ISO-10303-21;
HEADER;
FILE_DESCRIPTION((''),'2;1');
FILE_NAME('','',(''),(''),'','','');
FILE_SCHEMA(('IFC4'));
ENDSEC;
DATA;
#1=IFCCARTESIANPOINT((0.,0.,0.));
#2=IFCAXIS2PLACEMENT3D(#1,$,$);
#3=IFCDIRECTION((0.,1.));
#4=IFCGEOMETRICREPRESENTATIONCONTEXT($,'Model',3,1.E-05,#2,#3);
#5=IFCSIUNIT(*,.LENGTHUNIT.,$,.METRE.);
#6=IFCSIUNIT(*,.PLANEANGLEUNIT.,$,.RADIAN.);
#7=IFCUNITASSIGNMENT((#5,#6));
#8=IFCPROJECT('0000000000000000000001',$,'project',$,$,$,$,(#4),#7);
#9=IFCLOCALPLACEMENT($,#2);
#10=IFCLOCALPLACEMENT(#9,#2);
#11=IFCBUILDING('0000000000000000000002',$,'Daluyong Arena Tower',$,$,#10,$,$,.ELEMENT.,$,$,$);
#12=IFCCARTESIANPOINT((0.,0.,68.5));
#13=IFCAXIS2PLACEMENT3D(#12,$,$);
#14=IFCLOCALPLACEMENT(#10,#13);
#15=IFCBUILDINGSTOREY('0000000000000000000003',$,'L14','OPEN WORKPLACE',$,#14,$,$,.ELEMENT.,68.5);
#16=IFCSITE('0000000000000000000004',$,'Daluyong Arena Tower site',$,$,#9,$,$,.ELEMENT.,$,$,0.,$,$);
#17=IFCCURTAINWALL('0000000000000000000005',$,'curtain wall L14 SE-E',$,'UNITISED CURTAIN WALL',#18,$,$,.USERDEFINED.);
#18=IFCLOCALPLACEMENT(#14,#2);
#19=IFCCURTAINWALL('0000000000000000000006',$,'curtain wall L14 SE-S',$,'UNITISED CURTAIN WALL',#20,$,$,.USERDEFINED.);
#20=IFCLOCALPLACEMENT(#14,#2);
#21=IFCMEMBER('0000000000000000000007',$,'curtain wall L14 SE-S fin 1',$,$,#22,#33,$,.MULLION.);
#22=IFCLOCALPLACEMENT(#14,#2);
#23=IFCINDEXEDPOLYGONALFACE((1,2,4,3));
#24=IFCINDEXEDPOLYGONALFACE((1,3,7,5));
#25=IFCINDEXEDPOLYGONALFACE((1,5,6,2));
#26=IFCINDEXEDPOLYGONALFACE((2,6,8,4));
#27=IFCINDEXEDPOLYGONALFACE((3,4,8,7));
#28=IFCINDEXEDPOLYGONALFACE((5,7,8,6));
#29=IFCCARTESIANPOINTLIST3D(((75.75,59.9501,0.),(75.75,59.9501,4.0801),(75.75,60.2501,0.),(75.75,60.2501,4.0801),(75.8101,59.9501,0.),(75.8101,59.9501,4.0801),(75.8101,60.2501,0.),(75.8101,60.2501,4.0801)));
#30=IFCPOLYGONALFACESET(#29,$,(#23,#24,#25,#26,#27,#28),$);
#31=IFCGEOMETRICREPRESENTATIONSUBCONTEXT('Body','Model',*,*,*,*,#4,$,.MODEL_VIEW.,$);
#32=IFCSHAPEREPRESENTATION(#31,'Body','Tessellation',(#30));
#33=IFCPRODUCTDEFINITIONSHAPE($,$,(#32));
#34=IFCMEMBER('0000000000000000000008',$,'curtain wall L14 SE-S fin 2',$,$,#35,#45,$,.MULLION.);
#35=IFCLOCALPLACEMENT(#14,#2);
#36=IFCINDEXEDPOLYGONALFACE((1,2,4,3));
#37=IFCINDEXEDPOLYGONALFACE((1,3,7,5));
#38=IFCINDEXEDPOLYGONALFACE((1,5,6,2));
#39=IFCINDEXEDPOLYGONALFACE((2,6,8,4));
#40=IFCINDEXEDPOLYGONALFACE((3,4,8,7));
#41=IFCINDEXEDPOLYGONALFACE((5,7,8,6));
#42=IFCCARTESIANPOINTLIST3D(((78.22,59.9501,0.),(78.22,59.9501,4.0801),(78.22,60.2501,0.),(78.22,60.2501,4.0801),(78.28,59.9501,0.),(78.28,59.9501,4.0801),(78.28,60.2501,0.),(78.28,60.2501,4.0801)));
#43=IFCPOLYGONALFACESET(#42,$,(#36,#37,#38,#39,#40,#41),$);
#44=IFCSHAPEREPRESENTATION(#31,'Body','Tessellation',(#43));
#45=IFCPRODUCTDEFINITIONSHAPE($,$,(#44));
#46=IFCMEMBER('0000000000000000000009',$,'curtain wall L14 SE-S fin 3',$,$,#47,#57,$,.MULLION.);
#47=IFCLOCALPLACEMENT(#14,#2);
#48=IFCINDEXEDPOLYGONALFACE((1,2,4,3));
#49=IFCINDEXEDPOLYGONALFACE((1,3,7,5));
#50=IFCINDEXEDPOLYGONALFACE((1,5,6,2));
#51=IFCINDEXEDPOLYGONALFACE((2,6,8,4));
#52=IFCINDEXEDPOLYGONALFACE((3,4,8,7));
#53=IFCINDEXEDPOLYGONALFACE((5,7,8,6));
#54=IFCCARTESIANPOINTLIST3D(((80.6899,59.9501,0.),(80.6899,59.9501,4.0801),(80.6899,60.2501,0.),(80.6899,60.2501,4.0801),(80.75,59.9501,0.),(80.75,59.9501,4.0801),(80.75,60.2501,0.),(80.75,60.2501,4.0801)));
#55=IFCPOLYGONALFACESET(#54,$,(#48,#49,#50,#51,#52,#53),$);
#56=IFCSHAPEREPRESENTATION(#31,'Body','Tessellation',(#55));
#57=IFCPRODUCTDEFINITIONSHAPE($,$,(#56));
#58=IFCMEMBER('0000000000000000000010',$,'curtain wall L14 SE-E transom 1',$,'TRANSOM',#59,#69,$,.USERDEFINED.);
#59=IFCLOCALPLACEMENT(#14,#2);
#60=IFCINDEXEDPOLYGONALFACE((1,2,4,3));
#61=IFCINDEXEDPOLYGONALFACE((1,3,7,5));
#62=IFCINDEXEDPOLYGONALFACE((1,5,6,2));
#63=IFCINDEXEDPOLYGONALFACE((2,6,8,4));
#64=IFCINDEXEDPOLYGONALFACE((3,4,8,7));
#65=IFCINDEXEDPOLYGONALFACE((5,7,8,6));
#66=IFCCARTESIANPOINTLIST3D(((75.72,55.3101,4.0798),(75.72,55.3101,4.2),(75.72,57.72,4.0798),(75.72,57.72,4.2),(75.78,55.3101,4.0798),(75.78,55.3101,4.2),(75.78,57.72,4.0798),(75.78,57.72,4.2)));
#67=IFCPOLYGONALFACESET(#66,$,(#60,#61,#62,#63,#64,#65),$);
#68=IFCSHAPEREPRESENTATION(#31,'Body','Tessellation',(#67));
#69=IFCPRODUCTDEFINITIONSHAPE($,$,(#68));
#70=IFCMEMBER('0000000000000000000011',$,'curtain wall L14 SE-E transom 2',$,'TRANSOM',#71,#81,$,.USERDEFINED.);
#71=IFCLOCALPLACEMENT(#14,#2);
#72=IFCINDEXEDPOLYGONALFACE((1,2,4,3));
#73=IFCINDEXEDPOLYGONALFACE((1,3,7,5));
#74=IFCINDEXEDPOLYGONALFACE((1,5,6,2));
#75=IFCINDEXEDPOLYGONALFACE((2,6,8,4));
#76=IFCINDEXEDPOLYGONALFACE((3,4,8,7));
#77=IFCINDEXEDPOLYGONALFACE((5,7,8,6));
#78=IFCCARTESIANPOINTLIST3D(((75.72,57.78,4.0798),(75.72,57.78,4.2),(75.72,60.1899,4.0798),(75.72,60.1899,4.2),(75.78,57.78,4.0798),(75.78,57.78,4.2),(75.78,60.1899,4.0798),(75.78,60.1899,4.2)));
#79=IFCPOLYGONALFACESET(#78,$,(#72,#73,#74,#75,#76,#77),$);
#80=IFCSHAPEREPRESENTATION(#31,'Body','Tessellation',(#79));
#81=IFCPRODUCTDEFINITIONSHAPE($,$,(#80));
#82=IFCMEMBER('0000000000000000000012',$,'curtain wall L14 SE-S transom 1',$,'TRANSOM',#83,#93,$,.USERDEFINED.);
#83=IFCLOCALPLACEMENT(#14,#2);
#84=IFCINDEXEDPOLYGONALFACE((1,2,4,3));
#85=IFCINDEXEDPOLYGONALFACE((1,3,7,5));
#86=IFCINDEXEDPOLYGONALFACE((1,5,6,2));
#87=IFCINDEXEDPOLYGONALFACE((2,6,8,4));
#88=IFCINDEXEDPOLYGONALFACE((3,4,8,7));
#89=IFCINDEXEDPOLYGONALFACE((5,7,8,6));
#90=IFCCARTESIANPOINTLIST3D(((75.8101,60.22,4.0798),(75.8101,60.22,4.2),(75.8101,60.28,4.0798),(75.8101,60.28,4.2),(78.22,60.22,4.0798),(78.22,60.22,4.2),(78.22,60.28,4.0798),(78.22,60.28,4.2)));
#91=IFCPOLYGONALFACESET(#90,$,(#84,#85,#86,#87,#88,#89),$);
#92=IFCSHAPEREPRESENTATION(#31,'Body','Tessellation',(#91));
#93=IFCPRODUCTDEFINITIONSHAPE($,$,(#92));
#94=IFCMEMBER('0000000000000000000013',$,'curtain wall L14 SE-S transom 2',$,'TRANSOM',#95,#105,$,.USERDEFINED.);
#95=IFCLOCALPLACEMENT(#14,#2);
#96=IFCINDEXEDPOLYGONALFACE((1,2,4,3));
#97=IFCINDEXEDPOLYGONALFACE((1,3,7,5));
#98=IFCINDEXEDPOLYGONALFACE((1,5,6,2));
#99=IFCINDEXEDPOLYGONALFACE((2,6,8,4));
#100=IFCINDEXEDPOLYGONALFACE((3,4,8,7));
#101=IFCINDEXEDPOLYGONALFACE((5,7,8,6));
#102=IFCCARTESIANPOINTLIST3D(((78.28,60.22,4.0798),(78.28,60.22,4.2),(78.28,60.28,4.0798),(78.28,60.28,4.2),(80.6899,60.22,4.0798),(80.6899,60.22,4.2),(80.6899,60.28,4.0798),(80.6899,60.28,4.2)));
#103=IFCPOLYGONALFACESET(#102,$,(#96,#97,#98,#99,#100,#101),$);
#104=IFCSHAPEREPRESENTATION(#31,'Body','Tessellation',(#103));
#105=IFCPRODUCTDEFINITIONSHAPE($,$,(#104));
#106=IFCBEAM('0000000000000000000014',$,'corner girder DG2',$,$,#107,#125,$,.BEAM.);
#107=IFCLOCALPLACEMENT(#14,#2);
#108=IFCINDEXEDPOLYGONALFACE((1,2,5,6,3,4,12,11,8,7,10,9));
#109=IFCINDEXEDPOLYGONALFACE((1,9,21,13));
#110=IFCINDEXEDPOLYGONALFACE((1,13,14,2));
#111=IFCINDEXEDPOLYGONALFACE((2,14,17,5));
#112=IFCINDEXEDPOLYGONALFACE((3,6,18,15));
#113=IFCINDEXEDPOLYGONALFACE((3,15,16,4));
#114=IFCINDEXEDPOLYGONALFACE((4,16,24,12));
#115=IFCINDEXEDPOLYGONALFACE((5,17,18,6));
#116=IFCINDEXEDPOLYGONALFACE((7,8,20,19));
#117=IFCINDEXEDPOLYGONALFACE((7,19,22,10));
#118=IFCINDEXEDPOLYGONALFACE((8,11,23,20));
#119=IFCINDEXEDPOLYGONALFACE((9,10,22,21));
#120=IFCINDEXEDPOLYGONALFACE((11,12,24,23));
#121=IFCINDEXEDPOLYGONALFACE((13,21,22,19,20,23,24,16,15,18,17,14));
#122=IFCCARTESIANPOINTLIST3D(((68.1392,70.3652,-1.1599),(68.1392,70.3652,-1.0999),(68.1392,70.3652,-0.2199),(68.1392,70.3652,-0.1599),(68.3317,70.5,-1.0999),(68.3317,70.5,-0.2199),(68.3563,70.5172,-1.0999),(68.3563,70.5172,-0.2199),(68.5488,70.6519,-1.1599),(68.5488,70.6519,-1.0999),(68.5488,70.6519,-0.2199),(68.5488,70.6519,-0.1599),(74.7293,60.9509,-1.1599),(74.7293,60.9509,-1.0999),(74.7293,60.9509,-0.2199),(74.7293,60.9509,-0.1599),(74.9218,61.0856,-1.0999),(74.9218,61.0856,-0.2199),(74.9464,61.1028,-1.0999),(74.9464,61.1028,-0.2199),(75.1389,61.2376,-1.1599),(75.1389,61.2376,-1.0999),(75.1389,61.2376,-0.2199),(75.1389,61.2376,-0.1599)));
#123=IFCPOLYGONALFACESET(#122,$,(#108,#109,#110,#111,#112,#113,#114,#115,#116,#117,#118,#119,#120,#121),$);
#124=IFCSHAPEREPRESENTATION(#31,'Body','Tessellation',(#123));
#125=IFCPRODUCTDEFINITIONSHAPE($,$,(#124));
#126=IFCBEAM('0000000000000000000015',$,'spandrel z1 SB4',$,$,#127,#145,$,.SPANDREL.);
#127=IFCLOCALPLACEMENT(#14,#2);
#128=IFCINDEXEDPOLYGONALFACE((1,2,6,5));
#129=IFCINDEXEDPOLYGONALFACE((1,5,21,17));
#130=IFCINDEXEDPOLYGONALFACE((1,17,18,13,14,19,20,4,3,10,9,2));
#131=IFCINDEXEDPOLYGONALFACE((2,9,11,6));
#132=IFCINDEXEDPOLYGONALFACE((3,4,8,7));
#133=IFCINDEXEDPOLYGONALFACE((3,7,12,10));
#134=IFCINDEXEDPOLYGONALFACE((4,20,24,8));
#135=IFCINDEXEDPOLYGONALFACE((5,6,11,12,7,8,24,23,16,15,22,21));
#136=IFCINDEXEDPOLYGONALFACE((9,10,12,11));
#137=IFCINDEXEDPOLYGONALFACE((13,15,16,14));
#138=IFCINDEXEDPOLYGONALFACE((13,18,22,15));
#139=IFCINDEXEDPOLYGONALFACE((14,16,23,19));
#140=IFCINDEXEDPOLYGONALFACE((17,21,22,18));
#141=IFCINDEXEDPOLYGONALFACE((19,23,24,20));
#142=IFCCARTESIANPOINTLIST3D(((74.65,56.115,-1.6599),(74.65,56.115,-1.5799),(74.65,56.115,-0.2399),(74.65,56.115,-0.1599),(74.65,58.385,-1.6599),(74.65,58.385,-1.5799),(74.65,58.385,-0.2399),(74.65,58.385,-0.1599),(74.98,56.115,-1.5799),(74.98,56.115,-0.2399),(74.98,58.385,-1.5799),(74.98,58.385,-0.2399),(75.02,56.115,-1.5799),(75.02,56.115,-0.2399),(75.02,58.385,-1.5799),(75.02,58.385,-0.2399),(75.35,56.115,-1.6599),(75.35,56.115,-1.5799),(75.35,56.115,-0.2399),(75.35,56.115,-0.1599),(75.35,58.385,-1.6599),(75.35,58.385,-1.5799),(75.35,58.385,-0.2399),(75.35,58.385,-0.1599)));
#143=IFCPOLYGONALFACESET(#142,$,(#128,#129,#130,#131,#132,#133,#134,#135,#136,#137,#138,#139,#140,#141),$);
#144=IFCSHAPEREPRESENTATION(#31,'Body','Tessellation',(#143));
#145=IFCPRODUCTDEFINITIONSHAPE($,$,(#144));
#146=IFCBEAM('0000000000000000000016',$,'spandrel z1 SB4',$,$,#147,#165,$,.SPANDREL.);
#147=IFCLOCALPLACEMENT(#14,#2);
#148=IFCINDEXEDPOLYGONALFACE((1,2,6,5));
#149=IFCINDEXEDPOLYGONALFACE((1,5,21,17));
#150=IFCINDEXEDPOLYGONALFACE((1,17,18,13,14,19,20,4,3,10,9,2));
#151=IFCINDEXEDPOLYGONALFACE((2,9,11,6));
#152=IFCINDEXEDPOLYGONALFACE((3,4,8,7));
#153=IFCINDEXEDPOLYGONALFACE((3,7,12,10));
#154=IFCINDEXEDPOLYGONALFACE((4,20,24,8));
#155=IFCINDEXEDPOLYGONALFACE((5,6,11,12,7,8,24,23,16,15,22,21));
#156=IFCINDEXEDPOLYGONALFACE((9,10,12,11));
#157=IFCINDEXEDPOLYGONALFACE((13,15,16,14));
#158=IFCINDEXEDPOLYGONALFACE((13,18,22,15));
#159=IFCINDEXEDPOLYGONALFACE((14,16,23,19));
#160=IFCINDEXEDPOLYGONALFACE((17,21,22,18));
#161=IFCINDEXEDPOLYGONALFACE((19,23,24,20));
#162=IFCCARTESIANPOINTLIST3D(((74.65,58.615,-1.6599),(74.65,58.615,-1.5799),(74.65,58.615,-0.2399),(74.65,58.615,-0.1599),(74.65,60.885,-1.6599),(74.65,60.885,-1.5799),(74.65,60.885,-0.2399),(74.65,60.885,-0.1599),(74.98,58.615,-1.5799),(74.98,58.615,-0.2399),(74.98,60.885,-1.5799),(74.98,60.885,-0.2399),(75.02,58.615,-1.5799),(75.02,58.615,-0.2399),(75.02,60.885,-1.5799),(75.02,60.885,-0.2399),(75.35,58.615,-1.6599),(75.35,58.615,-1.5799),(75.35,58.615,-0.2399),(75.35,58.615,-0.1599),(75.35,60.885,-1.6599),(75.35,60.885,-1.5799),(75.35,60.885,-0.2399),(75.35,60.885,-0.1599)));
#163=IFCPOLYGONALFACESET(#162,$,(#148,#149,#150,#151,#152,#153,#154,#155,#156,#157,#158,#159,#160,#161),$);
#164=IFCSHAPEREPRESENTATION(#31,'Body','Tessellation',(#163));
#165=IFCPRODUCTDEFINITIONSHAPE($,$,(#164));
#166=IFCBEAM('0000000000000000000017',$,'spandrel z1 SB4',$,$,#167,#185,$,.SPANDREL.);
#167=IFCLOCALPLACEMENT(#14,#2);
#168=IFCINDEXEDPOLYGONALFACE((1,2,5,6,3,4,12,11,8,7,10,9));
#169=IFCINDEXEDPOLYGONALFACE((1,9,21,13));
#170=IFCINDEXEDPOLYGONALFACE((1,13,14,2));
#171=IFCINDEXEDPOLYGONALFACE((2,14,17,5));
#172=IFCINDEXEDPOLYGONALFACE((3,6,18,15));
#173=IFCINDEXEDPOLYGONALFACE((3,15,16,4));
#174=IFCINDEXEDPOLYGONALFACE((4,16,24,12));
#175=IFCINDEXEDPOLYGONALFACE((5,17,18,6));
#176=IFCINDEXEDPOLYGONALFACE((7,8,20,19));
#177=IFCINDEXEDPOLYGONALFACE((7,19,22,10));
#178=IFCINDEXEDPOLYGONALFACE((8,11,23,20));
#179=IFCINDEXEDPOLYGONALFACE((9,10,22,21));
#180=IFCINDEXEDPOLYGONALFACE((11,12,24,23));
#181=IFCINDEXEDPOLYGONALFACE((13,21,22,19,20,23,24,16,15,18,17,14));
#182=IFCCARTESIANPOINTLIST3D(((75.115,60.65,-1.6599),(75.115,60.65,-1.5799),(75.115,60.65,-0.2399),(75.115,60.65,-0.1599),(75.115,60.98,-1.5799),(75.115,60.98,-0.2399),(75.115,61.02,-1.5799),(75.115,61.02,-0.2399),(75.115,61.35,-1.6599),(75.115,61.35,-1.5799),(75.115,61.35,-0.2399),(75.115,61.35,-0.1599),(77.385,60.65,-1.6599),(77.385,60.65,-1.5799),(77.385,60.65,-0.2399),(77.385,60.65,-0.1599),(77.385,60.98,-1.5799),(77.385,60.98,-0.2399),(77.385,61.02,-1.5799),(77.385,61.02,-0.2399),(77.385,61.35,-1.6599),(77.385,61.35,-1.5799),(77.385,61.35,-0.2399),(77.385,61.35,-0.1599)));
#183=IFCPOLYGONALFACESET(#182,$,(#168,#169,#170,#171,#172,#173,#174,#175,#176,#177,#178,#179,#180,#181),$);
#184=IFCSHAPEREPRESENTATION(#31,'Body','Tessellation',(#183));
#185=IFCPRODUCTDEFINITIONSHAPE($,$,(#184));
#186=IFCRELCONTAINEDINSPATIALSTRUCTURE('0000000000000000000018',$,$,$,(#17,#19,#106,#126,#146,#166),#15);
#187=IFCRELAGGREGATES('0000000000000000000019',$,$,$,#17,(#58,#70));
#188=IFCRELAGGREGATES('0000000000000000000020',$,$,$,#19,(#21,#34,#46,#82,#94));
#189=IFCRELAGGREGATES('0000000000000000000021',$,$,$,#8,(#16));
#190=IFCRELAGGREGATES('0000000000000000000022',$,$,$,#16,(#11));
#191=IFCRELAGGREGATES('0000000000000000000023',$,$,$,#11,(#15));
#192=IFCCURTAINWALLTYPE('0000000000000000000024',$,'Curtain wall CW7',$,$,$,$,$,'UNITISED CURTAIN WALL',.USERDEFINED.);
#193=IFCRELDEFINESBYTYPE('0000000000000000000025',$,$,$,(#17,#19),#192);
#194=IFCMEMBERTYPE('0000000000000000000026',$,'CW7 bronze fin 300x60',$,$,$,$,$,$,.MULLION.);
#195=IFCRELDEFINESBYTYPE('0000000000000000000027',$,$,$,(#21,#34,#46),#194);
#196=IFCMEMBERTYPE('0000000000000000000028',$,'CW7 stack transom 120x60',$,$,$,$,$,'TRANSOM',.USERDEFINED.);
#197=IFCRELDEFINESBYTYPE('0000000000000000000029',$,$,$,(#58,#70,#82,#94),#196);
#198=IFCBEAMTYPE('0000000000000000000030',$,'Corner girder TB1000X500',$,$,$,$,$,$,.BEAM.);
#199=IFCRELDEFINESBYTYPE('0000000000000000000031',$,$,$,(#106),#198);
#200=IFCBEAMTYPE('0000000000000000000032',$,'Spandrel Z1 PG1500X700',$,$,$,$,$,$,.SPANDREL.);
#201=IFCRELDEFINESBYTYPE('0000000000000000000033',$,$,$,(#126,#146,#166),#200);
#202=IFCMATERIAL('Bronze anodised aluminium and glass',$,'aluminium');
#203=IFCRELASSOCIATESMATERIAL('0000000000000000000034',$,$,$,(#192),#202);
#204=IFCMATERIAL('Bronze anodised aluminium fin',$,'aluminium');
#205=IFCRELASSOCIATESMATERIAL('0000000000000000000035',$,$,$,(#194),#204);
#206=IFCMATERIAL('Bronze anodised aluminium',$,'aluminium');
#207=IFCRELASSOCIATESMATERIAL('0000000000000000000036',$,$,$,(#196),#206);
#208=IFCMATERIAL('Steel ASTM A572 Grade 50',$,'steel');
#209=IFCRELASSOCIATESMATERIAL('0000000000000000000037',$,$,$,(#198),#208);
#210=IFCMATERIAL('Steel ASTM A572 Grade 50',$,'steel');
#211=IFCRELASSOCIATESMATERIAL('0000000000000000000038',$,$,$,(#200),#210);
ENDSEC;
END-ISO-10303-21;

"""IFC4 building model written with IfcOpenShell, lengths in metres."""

from ifc_helpers import new_model, si_unit, direction, frame, origin, origin_2d, place, context, subcontext, project, spatial, rectangle, i_section, extrude, material, material_profile, profile_set, type_object, element, aggregate, save


model = new_model("IFC4")

# Units and contexts
model_context = context("Model", 3, precision=1e-05, world=origin(), true_north=direction((0.0, 1.0)))
body_context = subcontext(model_context, "Body", "Model", "MODEL_VIEW")
ifc_project = project(units=[si_unit("LENGTHUNIT", "METRE"), si_unit("PLANEANGLEUNIT", "RADIAN")], contexts=[model_context])

# Site, building, storey
site_placement = place(None, origin())
site = spatial("IfcSite", under=ifc_project, at=site_placement, Name="Daluyong Arena Tower site", CompositionType="ELEMENT", RefElevation=0.0)
building_placement = place(site_placement, origin())
building = spatial("IfcBuilding", under=site, at=building_placement, Name="Daluyong Arena Tower", CompositionType="ELEMENT")
storey_placement = place(building_placement, frame((0.0, 0.0, 68.5)))
storey = spatial("IfcBuildingStorey", under=building, at=storey_placement, Name="L14", Description="OPEN WORKPLACE", CompositionType="ELEMENT", Elevation=68.5)

# Curtain walls, members
ifc_material_1 = material(Name="Bronze anodised aluminium and glass", Category="aluminium")
curtain_wall_type_1 = type_object("IfcCurtainWallType", Name="Curtain wall CW7", ElementType="UNITISED CURTAIN WALL", PredefinedType="USERDEFINED", material=ifc_material_1)
curtain_wall_1_placement = place(storey_placement, origin())
curtain_wall_1 = element("IfcCurtainWall", 1, at=curtain_wall_1_placement, inside=storey, type_object=curtain_wall_type_1, Name="curtain wall L14 SE-E", ObjectType="UNITISED CURTAIN WALL", PredefinedType="USERDEFINED")
ifc_material_2 = material(Name="Bronze anodised aluminium fin", Category="aluminium")
ifc_material_profile_1 = material_profile(ifc_material_2, rectangle(XDim=0.3, YDim=0.0601, at=origin_2d()))
ifc_profile_set_1 = profile_set([ifc_material_profile_1], Name="Bronze anodised aluminium fin")
member_type_1 = type_object("IfcMemberType", Name="CW7 bronze fin 300x60", PredefinedType="MULLION", material=ifc_profile_set_1)
curtain_wall_2_placement = place(storey_placement, origin())
curtain_wall_2 = element("IfcCurtainWall", 2, at=curtain_wall_2_placement, inside=storey, type_object=curtain_wall_type_1, Name="curtain wall L14 SE-S", ObjectType="UNITISED CURTAIN WALL", PredefinedType="USERDEFINED")
member_1_placement = place(storey_placement, frame((75.78, 60.1001, 0.0), z_axis=(0.0, 0.0, 1.0), x_axis=(0.0, 1.0, 0.0)))
member_1 = element("IfcMember", 3, at=member_1_placement, type_object=member_type_1, Name="curtain wall L14 SE-S fin 1", PredefinedType="MULLION", context=body_context, shape_type="SweptSolid", body=[
    extrude(rectangle(XDim=0.3, YDim=0.0601, at=origin_2d()), origin(), (0.0, 0.0, 1.0), 4.0801),
])
member_2_placement = place(storey_placement, frame((78.25, 60.1001, 0.0), z_axis=(0.0, 0.0, 1.0), x_axis=(0.0, 1.0, 0.0)))
member_2 = element("IfcMember", 4, at=member_2_placement, type_object=member_type_1, Name="curtain wall L14 SE-S fin 2", PredefinedType="MULLION", context=body_context, shape_type="SweptSolid", body=[
    extrude(rectangle(XDim=0.3, YDim=0.0601, at=origin_2d()), origin(), (0.0, 0.0, 1.0), 4.0801),
])
member_3_placement = place(storey_placement, frame((80.72, 60.1001, 0.0), z_axis=(0.0, 0.0, 1.0), x_axis=(0.0, 1.0, 0.0)))
member_3 = element("IfcMember", 5, at=member_3_placement, type_object=member_type_1, Name="curtain wall L14 SE-S fin 3", PredefinedType="MULLION", context=body_context, shape_type="SweptSolid", body=[
    extrude(rectangle(XDim=0.3, YDim=0.0601, at=origin_2d()), origin(), (0.0, 0.0, 1.0), 4.0801),
])

# Members
ifc_material_3 = material(Name="Bronze anodised aluminium", Category="aluminium")
ifc_material_profile_2 = material_profile(ifc_material_3, rectangle(XDim=0.0601, YDim=0.1201, at=origin_2d()))
ifc_profile_set_2 = profile_set([ifc_material_profile_2], Name="Bronze anodised aluminium")
member_type_2 = type_object("IfcMemberType", Name="CW7 stack transom 120x60", ElementType="TRANSOM", PredefinedType="USERDEFINED", material=ifc_profile_set_2)
member_4_placement = place(storey_placement, frame((75.75, 55.3101, 4.1399), z_axis=(0.0, 1.0, 0.0), x_axis=(-1.0, 0.0, 0.0)))
member_4 = element("IfcMember", 6, at=member_4_placement, type_object=member_type_2, Name="curtain wall L14 SE-E transom 1", ObjectType="TRANSOM", PredefinedType="USERDEFINED", context=body_context, shape_type="SweptSolid", body=[
    extrude(rectangle(XDim=0.0601, YDim=0.1201, at=origin_2d()), origin(), (0.0, 0.0, 1.0), 2.4099),
])
member_5_placement = place(storey_placement, frame((75.75, 57.78, 4.1399), z_axis=(0.0, 1.0, 0.0), x_axis=(-1.0, 0.0, 0.0)))
member_5 = element("IfcMember", 7, at=member_5_placement, type_object=member_type_2, Name="curtain wall L14 SE-E transom 2", ObjectType="TRANSOM", PredefinedType="USERDEFINED", context=body_context, shape_type="SweptSolid", body=[
    extrude(rectangle(XDim=0.0601, YDim=0.1201, at=origin_2d()), origin(), (0.0, 0.0, 1.0), 2.4099),
])
member_6_placement = place(storey_placement, frame((75.8101, 60.25, 4.1399), z_axis=(1.0, 0.0, 0.0), x_axis=(0.0, 1.0, 0.0)))
member_6 = element("IfcMember", 8, at=member_6_placement, type_object=member_type_2, Name="curtain wall L14 SE-S transom 1", ObjectType="TRANSOM", PredefinedType="USERDEFINED", context=body_context, shape_type="SweptSolid", body=[
    extrude(rectangle(XDim=0.0601, YDim=0.1201, at=origin_2d()), origin(), (0.0, 0.0, 1.0), 2.4099),
])
member_7_placement = place(storey_placement, frame((78.28, 60.25, 4.1399), z_axis=(1.0, 0.0, 0.0), x_axis=(0.0, 1.0, 0.0)))
member_7 = element("IfcMember", 9, at=member_7_placement, type_object=member_type_2, Name="curtain wall L14 SE-S transom 2", ObjectType="TRANSOM", PredefinedType="USERDEFINED", context=body_context, shape_type="SweptSolid", body=[
    extrude(rectangle(XDim=0.0601, YDim=0.1201, at=origin_2d()), origin(), (0.0, 0.0, 1.0), 2.4099),
])

# Beams
ifc_material_4 = material(Name="Steel ASTM A572 Grade 50", Category="steel")
ifc_material_profile_3 = material_profile(ifc_material_4, i_section(OverallWidth=0.5, OverallDepth=1.0, WebThickness=0.03, FlangeThickness=0.06, at=origin_2d()))
ifc_profile_set_3 = profile_set([ifc_material_profile_3], Name="Steel ASTM A572 Grade 50")
beam_type_1 = type_object("IfcBeamType", Name="Corner girder TB1000X500", PredefinedType="BEAM", material=ifc_profile_set_3)
beam_1_placement = place(storey_placement, frame((74.9341, 61.0942, -0.6599), z_axis=(-0.573467, 0.819229, 0.0), x_axis=(-0.819229, -0.573467, 0.0)))
element("IfcBeam", 10, at=beam_1_placement, inside=storey, type_object=beam_type_1, Name="corner girder DG2", PredefinedType="BEAM", context=body_context, shape_type="SweptSolid", body=[
    extrude(i_section(OverallWidth=0.5, OverallDepth=1.0, WebThickness=0.03, FlangeThickness=0.06, at=origin_2d()), origin(), (0.0, 0.0, 1.0), 11.4917),
])
ifc_material_5 = material(Name="Steel ASTM A572 Grade 50", Category="steel")
ifc_material_profile_4 = material_profile(ifc_material_5, i_section(OverallWidth=0.7, OverallDepth=1.5, WebThickness=0.04, FlangeThickness=0.08, at=origin_2d()))
ifc_profile_set_4 = profile_set([ifc_material_profile_4], Name="Steel ASTM A572 Grade 50")
beam_type_2 = type_object("IfcBeamType", Name="Spandrel Z1 PG1500X700", PredefinedType="SPANDREL", material=ifc_profile_set_4)
for number, where, z_axis, x_axis, name in (
    (11, (75.0, 56.115, -0.9099), (0.0, 1.0, 0.0), (-1.0, 0.0, 0.0), "spandrel z1 SB4"),
    (12, (75.0, 58.615, -0.9099), (0.0, 1.0, 0.0), (-1.0, 0.0, 0.0), "spandrel z1 SB4"),
    (13, (75.115, 61.0, -0.9099), (1.0, 0.0, 0.0), (0.0, 1.0, 0.0), "spandrel z1 SB4"),
):
    element("IfcBeam", number, at=place(storey_placement, frame(where, z_axis=z_axis, x_axis=x_axis)), inside=storey, type_object=beam_type_2, Name=name, PredefinedType="SPANDREL", context=body_context, shape_type="SweptSolid", body=[
        extrude(i_section(OverallWidth=0.7, OverallDepth=1.5, WebThickness=0.04, FlangeThickness=0.08, at=origin_2d()), origin(), (0.0, 0.0, 1.0), 2.27),
    ])

aggregate(curtain_wall_1, [member_4, member_5])
aggregate(curtain_wall_2, [member_1, member_2, member_3, member_6, member_7])

save(model, "model.ifc")
